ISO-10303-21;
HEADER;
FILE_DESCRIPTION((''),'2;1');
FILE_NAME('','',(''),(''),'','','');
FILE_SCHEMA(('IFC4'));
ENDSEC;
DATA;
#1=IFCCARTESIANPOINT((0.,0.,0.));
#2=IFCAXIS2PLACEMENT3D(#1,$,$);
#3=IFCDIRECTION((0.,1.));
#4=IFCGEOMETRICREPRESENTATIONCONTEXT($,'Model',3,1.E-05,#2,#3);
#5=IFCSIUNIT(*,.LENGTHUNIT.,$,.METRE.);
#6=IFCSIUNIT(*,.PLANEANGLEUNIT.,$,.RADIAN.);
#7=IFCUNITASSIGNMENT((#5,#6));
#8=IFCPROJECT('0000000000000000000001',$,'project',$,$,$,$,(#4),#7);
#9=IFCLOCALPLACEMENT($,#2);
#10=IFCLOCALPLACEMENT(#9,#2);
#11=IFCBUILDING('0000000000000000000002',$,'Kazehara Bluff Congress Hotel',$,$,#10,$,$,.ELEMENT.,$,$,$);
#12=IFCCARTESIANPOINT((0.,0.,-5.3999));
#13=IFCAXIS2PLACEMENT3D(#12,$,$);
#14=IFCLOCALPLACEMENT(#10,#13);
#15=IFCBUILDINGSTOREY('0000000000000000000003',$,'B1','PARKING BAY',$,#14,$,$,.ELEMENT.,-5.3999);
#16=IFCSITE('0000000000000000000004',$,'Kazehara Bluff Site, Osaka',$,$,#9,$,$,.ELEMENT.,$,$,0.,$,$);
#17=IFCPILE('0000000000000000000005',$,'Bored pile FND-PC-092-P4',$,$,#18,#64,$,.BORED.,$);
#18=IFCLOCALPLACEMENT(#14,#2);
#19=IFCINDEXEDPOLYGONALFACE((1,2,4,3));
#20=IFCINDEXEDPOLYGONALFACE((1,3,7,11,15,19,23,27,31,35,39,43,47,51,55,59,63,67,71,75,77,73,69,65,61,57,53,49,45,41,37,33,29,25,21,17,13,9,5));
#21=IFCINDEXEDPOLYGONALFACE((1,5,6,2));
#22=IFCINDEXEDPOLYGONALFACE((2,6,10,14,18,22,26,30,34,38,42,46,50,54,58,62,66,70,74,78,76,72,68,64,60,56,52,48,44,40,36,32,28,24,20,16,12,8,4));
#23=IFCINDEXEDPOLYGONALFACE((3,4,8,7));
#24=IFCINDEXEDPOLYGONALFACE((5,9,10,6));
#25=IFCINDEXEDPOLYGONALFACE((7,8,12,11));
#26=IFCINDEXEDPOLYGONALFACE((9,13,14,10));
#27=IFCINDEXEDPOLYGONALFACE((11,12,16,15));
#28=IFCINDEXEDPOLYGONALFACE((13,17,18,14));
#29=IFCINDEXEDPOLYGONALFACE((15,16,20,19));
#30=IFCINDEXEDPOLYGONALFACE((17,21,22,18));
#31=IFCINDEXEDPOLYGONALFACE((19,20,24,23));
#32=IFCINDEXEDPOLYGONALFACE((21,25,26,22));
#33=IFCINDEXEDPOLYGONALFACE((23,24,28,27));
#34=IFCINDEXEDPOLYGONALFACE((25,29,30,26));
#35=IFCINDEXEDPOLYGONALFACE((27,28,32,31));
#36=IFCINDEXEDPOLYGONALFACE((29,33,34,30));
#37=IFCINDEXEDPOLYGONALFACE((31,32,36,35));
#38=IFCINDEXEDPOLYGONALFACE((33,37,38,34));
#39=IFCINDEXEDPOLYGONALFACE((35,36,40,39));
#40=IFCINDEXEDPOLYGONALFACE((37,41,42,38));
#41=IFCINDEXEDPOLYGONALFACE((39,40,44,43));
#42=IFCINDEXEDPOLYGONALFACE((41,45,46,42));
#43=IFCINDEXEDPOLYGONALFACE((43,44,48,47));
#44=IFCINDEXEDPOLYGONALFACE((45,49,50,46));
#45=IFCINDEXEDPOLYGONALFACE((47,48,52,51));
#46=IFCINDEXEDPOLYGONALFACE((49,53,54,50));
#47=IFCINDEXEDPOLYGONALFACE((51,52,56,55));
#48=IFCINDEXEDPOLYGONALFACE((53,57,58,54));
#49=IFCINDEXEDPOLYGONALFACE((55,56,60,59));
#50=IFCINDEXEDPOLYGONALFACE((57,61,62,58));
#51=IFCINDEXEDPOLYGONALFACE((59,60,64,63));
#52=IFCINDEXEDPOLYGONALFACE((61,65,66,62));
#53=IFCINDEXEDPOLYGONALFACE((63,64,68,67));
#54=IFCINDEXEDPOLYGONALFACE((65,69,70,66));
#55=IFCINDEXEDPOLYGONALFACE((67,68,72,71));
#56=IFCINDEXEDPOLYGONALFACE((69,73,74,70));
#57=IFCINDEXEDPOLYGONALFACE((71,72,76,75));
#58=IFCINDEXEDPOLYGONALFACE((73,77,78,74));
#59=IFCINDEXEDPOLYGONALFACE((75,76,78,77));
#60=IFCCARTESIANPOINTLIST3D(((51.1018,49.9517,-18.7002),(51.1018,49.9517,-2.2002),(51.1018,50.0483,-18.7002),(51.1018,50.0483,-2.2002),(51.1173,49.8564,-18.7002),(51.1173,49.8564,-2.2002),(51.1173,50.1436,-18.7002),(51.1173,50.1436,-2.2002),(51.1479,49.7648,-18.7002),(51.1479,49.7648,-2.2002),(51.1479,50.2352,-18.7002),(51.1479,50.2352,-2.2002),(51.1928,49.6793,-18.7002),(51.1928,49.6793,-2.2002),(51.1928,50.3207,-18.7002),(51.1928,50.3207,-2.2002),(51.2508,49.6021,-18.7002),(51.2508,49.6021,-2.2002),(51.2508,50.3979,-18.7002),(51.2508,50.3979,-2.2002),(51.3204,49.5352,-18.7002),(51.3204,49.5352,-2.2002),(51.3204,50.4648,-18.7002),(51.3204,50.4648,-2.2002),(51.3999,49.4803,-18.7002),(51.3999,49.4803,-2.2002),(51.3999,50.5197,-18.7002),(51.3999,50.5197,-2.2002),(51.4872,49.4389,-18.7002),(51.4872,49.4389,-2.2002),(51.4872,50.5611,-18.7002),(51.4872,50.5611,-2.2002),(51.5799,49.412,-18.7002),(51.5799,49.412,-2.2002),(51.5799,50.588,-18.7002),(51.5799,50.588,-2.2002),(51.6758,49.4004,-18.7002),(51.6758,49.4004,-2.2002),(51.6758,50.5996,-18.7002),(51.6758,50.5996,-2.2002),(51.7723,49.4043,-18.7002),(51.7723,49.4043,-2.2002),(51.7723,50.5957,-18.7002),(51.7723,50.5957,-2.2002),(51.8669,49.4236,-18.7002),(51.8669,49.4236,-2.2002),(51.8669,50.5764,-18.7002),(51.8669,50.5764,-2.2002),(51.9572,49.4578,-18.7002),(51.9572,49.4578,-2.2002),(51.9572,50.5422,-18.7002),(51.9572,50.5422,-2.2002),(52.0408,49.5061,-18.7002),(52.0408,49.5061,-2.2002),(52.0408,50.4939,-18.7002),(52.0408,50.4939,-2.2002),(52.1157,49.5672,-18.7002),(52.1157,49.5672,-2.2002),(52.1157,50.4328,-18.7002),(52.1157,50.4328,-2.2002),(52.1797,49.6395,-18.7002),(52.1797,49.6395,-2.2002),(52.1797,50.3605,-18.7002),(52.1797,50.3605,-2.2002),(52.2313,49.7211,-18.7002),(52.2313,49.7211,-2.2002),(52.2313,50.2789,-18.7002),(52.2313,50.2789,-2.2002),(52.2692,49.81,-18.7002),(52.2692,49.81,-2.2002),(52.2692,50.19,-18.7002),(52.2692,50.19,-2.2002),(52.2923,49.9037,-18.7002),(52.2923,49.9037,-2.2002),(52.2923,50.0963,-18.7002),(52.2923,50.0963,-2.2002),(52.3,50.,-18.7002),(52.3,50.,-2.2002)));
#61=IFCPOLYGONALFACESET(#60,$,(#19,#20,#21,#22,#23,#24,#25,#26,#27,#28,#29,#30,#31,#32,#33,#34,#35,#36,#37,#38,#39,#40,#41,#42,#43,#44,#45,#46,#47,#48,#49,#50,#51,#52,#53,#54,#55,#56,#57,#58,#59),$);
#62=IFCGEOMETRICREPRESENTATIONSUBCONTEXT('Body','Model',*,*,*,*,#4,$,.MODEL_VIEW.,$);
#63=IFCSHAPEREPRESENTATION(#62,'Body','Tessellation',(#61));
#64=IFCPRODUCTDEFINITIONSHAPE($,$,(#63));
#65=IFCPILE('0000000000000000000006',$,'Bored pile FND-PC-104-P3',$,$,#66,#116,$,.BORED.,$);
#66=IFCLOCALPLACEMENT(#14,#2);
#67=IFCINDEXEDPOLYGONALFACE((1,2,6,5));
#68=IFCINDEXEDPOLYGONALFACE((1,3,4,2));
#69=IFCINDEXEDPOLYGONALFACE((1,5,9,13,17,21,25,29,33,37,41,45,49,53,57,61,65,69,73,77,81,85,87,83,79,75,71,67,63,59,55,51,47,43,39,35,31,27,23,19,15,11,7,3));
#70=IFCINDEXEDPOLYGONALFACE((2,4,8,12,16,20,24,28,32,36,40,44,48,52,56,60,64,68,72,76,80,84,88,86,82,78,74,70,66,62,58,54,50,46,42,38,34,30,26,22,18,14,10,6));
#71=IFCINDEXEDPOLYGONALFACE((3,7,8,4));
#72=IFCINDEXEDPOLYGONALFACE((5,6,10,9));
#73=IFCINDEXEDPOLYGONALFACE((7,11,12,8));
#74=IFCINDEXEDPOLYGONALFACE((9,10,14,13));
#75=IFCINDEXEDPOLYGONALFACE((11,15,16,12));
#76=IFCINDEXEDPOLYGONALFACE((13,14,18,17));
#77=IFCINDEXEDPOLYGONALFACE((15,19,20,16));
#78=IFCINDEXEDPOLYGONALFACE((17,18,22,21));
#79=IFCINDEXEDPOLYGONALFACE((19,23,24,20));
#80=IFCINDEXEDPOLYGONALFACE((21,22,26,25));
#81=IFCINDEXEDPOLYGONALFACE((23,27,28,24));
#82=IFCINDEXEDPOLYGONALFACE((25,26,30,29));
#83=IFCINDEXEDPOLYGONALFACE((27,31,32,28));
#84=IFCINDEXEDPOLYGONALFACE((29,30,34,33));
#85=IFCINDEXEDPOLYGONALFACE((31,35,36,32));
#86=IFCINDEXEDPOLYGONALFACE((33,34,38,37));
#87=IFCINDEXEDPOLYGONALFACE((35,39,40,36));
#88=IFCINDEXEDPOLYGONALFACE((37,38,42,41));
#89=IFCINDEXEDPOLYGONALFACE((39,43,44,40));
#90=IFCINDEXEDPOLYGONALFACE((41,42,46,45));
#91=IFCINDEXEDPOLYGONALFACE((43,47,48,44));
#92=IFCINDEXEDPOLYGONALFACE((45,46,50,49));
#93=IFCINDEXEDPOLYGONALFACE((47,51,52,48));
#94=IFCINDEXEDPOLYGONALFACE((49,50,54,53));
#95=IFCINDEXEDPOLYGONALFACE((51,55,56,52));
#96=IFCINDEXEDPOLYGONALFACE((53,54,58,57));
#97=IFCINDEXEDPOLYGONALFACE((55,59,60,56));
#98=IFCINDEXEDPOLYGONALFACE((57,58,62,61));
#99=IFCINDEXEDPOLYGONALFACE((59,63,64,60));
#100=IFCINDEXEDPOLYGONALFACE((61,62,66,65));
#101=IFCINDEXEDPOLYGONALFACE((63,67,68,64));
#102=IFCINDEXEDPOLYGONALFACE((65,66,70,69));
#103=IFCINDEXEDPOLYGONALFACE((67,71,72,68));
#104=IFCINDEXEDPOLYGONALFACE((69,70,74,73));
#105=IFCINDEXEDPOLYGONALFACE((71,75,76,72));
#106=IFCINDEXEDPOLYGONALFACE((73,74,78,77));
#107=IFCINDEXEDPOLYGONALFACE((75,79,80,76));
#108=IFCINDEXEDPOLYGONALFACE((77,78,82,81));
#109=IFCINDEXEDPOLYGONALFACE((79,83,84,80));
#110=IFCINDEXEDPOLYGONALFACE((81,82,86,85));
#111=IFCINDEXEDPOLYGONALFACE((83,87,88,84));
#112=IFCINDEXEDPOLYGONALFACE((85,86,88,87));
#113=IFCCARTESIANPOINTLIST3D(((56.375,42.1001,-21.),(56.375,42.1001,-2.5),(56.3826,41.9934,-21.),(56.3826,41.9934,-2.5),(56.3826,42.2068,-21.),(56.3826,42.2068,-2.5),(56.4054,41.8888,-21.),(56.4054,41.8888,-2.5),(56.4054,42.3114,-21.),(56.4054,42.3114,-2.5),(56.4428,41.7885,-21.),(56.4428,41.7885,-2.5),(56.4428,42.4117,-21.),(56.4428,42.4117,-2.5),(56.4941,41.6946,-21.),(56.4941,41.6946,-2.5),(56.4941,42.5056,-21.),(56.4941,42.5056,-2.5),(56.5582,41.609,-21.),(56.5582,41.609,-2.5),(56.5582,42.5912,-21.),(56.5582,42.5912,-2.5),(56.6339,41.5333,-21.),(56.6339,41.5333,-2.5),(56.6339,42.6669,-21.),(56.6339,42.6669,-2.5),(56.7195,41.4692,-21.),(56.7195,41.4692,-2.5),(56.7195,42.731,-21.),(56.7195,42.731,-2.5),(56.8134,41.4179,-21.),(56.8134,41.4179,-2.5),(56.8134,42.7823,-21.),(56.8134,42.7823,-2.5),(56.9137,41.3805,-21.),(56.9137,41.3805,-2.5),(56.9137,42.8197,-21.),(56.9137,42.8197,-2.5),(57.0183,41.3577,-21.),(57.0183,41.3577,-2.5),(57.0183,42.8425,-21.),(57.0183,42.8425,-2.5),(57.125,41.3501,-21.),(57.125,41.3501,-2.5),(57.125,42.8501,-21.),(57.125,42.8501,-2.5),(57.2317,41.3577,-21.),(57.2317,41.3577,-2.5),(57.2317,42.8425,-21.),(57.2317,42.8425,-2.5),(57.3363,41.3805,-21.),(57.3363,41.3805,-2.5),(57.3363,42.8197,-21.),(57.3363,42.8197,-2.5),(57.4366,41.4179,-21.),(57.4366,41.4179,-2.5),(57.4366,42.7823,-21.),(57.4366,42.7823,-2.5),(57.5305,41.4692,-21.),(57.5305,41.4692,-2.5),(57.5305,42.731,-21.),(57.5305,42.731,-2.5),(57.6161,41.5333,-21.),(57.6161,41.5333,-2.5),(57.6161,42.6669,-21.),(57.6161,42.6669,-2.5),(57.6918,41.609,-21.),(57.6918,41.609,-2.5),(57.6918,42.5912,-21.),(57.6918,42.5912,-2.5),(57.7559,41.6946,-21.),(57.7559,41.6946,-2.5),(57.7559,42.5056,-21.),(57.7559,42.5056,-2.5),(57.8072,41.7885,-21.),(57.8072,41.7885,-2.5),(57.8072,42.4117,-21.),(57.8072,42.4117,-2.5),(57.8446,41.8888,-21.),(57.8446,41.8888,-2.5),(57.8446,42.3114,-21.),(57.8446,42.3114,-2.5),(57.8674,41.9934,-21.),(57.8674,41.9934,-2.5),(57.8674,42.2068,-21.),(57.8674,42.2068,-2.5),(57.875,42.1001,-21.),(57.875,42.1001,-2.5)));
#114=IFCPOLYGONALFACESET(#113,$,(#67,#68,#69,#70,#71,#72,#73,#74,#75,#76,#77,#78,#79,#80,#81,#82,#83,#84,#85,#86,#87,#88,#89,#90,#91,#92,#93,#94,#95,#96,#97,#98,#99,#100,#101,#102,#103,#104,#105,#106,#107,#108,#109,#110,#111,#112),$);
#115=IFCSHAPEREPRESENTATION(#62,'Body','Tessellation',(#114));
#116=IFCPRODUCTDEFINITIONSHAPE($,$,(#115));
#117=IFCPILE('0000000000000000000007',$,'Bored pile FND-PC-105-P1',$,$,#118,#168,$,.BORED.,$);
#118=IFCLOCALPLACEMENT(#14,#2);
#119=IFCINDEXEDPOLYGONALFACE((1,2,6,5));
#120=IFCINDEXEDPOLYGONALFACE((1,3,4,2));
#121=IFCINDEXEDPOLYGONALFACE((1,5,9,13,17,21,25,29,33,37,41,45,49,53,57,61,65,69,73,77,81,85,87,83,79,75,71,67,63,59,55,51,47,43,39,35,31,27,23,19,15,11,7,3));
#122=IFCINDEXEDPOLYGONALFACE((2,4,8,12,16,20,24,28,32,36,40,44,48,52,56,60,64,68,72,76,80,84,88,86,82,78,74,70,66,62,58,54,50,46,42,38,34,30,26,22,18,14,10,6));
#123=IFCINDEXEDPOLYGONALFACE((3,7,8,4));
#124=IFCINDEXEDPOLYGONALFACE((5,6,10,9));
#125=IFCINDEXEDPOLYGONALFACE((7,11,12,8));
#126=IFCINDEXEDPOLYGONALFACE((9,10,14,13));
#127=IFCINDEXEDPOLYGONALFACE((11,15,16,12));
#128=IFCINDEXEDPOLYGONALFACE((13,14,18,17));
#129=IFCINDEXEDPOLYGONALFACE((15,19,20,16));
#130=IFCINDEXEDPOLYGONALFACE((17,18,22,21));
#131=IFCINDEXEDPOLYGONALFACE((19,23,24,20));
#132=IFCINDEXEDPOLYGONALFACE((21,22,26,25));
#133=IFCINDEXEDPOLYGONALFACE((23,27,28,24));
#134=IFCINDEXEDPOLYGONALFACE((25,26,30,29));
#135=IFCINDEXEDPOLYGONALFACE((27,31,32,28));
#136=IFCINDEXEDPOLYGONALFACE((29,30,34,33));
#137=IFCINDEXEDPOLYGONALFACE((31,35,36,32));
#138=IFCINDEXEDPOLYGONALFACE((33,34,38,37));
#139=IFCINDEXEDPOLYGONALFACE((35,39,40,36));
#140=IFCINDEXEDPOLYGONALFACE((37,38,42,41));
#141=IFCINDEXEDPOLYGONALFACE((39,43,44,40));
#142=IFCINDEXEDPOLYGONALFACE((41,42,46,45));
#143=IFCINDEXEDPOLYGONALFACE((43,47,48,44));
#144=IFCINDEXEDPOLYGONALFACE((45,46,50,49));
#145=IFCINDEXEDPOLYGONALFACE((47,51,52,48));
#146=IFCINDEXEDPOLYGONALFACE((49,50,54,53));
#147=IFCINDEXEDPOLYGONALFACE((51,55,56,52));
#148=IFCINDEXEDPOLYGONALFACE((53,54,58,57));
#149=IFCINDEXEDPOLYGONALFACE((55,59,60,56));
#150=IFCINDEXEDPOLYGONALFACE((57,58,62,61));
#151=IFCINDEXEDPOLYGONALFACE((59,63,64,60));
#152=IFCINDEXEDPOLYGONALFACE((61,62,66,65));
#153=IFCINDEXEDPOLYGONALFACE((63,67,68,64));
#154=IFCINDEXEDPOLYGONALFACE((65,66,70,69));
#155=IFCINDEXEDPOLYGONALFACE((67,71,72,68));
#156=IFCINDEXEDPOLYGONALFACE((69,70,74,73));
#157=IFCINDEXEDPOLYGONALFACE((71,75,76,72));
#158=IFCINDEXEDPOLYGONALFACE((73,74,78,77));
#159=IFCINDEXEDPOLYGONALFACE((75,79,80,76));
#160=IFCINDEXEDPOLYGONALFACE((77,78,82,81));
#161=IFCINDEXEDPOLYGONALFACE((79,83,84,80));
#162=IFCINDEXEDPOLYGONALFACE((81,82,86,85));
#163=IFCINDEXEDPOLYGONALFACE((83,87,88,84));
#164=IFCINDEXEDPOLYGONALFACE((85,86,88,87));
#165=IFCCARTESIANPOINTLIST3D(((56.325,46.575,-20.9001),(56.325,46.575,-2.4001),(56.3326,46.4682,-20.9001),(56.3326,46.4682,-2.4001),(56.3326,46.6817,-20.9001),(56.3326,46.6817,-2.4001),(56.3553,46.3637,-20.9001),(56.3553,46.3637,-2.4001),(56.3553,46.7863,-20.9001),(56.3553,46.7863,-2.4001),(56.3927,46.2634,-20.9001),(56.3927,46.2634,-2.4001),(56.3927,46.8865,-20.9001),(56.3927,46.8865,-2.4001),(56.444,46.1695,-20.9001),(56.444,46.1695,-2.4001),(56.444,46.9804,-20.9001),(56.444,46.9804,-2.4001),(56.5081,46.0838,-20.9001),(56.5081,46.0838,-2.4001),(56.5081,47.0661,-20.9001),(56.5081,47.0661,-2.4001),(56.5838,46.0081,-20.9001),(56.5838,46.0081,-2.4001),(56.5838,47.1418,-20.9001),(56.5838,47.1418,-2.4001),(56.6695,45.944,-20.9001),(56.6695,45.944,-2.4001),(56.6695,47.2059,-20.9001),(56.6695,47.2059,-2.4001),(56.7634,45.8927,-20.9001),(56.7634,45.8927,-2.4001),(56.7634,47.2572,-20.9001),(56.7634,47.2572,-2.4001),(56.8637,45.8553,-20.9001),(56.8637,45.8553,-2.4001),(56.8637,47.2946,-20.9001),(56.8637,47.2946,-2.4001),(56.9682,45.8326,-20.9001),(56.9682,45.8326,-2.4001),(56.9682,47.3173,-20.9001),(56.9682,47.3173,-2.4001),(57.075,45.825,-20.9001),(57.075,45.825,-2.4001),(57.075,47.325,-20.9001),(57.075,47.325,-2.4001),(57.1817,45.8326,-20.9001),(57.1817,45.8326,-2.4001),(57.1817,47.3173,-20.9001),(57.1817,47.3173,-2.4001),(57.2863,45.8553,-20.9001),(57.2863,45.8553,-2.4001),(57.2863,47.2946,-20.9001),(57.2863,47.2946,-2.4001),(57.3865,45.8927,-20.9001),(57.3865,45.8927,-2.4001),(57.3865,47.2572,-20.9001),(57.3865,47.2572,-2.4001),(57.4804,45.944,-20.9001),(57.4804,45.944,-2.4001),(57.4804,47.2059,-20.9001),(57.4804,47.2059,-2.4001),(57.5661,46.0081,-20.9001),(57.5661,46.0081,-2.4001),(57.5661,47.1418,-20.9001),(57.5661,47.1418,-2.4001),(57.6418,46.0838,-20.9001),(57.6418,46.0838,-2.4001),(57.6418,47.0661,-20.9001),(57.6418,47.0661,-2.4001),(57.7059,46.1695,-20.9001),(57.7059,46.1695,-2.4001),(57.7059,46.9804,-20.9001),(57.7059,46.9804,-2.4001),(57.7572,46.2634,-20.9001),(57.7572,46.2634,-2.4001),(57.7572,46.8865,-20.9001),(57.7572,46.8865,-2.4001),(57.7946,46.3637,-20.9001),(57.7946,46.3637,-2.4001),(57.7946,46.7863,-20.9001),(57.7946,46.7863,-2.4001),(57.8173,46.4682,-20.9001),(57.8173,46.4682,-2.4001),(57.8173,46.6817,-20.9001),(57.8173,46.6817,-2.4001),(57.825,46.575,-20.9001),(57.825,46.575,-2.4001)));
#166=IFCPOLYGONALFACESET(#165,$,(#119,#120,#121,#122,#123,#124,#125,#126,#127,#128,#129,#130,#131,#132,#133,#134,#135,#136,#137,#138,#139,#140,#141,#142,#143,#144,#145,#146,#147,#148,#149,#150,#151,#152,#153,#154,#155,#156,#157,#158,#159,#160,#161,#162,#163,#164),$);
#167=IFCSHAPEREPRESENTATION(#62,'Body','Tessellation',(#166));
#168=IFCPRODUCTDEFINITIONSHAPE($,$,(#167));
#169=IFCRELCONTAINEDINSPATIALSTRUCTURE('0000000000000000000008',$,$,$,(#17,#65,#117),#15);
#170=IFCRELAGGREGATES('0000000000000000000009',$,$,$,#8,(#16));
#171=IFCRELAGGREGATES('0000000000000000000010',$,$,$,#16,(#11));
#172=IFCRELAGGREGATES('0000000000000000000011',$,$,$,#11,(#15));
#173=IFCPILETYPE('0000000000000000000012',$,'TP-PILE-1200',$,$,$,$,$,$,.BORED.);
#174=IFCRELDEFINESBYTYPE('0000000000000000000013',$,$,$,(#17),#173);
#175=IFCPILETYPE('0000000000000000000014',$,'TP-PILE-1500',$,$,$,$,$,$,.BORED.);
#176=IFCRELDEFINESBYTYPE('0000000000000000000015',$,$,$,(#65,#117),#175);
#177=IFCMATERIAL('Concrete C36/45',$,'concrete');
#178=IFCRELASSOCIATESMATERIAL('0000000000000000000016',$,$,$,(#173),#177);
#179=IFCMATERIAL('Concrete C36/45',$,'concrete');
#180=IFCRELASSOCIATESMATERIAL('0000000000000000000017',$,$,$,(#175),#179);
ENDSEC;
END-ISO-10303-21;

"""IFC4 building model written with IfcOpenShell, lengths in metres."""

from ifc_helpers import new_model, si_unit, direction, frame, origin, origin_2d, place, context, subcontext, project, spatial, circle, extrude, material, material_profile, profile_set, type_object, element, save


model = new_model("IFC4")

# Units and contexts
model_context = context("Model", 3, precision=1e-05, world=origin(), true_north=direction((0.0, 1.0)))
body_context = subcontext(model_context, "Body", "Model", "MODEL_VIEW")
ifc_project = project(units=[si_unit("LENGTHUNIT", "METRE"), si_unit("PLANEANGLEUNIT", "RADIAN")], contexts=[model_context])

# Site, building, storey
site_placement = place(None, origin())
site = spatial("IfcSite", under=ifc_project, at=site_placement, Name="Kazehara Bluff Site, Osaka", CompositionType="ELEMENT", RefElevation=0.0)
building_placement = place(site_placement, origin())
building = spatial("IfcBuilding", under=site, at=building_placement, Name="Kazehara Bluff Congress Hotel", CompositionType="ELEMENT")
storey_placement = place(building_placement, frame((0.0, 0.0, -5.3999)))
storey = spatial("IfcBuildingStorey", under=building, at=storey_placement, Name="B1", Description="PARKING BAY", CompositionType="ELEMENT", Elevation=-5.3999)

# Piles
ifc_material_1 = material(Name="Concrete C36/45", Category="concrete")
ifc_material_profile_1 = material_profile(ifc_material_1, circle(Radius=0.6001, at=origin_2d()))
ifc_profile_set_1 = profile_set([ifc_material_profile_1], Name="Concrete C36/45")
pile_type_1 = type_object("IfcPileType", Name="TP-PILE-1200", PredefinedType="BORED", material=ifc_profile_set_1)
for number, where, z_axis, x_axis, name in (
    (1, (51.7, 50.0, -2.2002), (0.0, 0.0, -1.0), (1.0, 0.0, 0.0), "Bored pile FND-PC-092-P4"),
):
    element("IfcPile", number, at=place(storey_placement, frame(where, z_axis=z_axis, x_axis=x_axis)), inside=storey, type_object=pile_type_1, Name=name, PredefinedType="BORED", context=body_context, shape_type="SweptSolid", body=[
        extrude(circle(Radius=0.6001, at=origin_2d()), origin(), (0.0, 0.0, 1.0), 16.5),
    ])
ifc_material_2 = material(Name="Concrete C36/45", Category="concrete")
ifc_material_profile_2 = material_profile(ifc_material_2, circle(Radius=0.75, at=origin_2d()))
ifc_profile_set_2 = profile_set([ifc_material_profile_2], Name="Concrete C36/45")
pile_type_2 = type_object("IfcPileType", Name="TP-PILE-1500", PredefinedType="BORED", material=ifc_profile_set_2)
for number, where, z_axis, x_axis, name in (
    (2, (57.125, 42.1001, -2.5), (0.0, 0.0, -1.0), (1.0, 0.0, 0.0), "Bored pile FND-PC-104-P3"),
    (3, (57.075, 46.575, -2.4001), (0.0, 0.0, -1.0), (1.0, 0.0, 0.0), "Bored pile FND-PC-105-P1"),
):
    element("IfcPile", number, at=place(storey_placement, frame(where, z_axis=z_axis, x_axis=x_axis)), inside=storey, type_object=pile_type_2, Name=name, PredefinedType="BORED", context=body_context, shape_type="SweptSolid", body=[
        extrude(circle(Radius=0.75, at=origin_2d()), origin(), (0.0, 0.0, 1.0), 18.5),
    ])

save(model, "model.ifc")
